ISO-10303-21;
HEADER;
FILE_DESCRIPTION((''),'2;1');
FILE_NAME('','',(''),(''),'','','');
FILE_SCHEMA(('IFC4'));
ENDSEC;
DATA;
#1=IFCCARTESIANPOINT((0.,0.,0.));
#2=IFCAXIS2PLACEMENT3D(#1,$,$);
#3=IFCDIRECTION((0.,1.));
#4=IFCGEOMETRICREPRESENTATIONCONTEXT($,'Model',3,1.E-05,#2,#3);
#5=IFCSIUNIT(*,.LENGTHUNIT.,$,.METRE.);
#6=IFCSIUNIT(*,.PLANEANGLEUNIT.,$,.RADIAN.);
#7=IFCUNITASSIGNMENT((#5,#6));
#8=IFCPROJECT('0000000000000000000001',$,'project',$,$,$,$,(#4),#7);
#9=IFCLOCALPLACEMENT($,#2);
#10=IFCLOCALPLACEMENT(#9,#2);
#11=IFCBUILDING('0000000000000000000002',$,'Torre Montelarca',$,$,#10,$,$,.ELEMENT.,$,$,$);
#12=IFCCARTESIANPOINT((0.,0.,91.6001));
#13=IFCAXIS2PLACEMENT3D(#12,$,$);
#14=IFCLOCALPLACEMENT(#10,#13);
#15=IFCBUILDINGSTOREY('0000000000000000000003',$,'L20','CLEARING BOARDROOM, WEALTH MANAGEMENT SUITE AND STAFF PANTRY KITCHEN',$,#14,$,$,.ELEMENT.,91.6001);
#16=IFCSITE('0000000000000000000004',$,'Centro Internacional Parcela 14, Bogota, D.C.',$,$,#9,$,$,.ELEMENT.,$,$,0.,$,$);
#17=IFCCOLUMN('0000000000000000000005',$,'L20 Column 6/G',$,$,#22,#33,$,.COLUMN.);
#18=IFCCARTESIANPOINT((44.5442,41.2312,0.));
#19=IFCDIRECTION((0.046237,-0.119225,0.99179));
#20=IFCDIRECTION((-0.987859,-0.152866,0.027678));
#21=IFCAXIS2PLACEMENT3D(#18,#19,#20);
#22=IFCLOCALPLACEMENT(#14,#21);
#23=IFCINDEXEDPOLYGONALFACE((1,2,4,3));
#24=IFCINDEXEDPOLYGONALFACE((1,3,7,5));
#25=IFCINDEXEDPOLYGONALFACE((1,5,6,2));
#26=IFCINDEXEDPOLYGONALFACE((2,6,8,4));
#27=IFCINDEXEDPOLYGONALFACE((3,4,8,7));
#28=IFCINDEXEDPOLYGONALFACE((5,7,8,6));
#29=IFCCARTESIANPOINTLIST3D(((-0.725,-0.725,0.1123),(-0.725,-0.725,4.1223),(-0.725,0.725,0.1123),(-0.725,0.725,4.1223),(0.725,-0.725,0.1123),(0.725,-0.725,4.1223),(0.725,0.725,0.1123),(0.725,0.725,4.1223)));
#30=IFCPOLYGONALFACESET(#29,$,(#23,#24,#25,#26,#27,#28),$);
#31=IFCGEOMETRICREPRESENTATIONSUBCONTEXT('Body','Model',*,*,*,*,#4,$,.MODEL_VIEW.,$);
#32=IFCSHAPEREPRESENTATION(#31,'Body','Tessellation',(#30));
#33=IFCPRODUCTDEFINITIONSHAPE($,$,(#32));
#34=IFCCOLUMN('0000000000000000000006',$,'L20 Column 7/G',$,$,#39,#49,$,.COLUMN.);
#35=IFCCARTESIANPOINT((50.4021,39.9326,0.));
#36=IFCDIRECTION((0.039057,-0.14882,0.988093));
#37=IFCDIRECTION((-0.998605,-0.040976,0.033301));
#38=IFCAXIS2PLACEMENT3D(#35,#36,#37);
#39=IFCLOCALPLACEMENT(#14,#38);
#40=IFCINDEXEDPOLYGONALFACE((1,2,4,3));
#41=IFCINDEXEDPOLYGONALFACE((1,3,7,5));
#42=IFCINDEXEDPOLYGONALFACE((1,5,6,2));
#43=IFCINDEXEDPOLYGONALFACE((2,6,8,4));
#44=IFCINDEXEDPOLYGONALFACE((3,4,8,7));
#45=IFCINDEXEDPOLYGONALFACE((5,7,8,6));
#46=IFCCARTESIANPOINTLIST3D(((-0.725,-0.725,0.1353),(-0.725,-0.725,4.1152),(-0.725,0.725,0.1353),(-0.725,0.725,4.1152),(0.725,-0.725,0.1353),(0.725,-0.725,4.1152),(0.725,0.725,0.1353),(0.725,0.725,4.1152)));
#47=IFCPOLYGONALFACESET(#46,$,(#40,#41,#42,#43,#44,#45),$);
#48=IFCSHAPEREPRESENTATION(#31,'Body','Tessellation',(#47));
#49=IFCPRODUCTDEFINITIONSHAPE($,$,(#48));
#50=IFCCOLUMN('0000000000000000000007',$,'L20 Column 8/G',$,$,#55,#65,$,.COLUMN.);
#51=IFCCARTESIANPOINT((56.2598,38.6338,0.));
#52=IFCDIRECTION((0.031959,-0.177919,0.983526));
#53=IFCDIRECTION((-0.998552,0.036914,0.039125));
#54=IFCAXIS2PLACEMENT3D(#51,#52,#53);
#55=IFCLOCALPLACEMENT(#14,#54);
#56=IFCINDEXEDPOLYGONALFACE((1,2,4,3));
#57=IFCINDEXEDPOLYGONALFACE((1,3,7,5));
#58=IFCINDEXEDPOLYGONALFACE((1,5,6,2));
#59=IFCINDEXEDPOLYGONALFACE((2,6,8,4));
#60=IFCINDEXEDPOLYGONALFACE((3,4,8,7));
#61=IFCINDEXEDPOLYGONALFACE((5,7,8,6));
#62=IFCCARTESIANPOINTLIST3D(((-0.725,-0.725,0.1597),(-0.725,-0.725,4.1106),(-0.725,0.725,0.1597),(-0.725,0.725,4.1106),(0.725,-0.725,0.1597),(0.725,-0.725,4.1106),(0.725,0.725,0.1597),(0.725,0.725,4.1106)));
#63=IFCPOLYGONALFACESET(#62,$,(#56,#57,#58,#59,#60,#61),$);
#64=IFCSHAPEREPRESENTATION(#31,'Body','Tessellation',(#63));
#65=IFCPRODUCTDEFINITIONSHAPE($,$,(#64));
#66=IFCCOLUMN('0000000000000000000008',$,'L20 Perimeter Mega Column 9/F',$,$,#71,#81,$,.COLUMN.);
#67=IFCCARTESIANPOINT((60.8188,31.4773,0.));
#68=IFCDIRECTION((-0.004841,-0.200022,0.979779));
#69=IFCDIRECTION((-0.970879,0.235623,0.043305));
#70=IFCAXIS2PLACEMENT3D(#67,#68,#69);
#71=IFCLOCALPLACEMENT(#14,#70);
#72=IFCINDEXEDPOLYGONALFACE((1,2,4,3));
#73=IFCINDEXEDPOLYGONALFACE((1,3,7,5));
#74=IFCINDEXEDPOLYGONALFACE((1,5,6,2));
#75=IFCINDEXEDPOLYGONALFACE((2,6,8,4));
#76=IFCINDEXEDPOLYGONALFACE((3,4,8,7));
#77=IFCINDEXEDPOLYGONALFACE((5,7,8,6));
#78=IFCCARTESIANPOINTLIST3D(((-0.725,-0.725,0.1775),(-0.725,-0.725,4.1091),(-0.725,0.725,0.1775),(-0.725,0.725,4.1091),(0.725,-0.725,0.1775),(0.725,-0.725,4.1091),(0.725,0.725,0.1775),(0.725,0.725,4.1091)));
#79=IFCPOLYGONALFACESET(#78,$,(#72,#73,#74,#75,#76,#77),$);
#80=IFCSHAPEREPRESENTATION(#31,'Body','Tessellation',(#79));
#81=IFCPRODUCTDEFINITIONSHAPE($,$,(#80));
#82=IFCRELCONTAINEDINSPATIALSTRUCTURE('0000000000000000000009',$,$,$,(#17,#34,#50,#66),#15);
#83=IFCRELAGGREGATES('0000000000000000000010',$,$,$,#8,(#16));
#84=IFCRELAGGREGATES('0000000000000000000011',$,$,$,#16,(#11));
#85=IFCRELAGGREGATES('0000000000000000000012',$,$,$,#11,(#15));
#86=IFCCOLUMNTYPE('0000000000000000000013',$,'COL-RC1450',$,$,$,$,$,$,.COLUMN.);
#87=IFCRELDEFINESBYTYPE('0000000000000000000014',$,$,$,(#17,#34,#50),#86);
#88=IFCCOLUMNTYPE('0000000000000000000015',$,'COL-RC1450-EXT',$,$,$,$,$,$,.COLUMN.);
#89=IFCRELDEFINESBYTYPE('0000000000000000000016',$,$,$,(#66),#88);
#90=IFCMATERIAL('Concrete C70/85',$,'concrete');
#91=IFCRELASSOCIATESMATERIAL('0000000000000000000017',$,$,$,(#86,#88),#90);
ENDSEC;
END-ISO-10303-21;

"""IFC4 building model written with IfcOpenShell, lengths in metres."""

from ifc_helpers import new_model, si_unit, direction, frame, origin, origin_2d, place, context, subcontext, project, spatial, rectangle, extrude, clip, halfspace, material, material_profile, profile_set, type_object, element, save


model = new_model("IFC4")

# Units and contexts
model_context = context("Model", 3, precision=1e-05, world=origin(), true_north=direction((0.0, 1.0)))
body_context = subcontext(model_context, "Body", "Model", "MODEL_VIEW")
ifc_project = project(units=[si_unit("LENGTHUNIT", "METRE"), si_unit("PLANEANGLEUNIT", "RADIAN")], contexts=[model_context])

# Site, building, storey
site_placement = place(None, origin())
site = spatial("IfcSite", under=ifc_project, at=site_placement, Name="Centro Internacional Parcela 14, Bogota, D.C.", CompositionType="ELEMENT", RefElevation=0.0)
building_placement = place(site_placement, origin())
building = spatial("IfcBuilding", under=site, at=building_placement, Name="Torre Montelarca", CompositionType="ELEMENT")
storey_placement = place(building_placement, frame((0.0, 0.0, 91.6001)))
storey = spatial("IfcBuildingStorey", under=building, at=storey_placement, Name="L20", Description="CLEARING BOARDROOM, WEALTH MANAGEMENT SUITE AND STAFF PANTRY KITCHEN", CompositionType="ELEMENT", Elevation=91.6001)

# Columns
ifc_material_1 = material(Name="Concrete C70/85", Category="concrete")
ifc_material_profile_1 = material_profile(ifc_material_1, rectangle(XDim=1.45, YDim=1.45, at=origin_2d()), Name="RC1450X1450", Category="concrete")
ifc_profile_set_1 = profile_set([ifc_material_profile_1], Name="Concrete C70/85")
column_type_1 = type_object("IfcColumnType", Name="COL-RC1450", PredefinedType="COLUMN", material=ifc_profile_set_1)
column_1_placement = place(storey_placement, frame((44.5442, 41.2312, 0.0), z_axis=(0.046237, -0.119225, 0.99179), x_axis=(-0.987859, -0.152866, 0.027678)))
element("IfcColumn", 1, at=column_1_placement, inside=storey, type_object=column_type_1, Name="L20 Column 6/G", PredefinedType="COLUMN", context=body_context, shape_type="Clipping", body=[
    clip(clip(extrude(rectangle(XDim=1.45, YDim=1.45, at=origin_2d()), origin(), (0.0, 0.0, 1.0), 4.2346), halfspace(frame((0.0, 0.0, 0.1123), z_axis=(0.0, 0.0, -1.0), x_axis=(1.0, 0.0, 0.0)), False)), halfspace(frame((0.0, 0.0, 4.1223), z_axis=(0.0, 0.0, 1.0), x_axis=(1.0, 0.0, 0.0)), False)),
])
column_2_placement = place(storey_placement, frame((50.4021, 39.9326, 0.0), z_axis=(0.039057, -0.14882, 0.988093), x_axis=(-0.998605, -0.040976, 0.033301)))
element("IfcColumn", 2, at=column_2_placement, inside=storey, type_object=column_type_1, Name="L20 Column 7/G", PredefinedType="COLUMN", context=body_context, shape_type="Clipping", body=[
    clip(clip(extrude(rectangle(XDim=1.45, YDim=1.45, at=origin_2d()), origin(), (0.0, 0.0, 1.0), 4.2505), halfspace(frame((0.0, 0.0, 0.1353), z_axis=(0.0, 0.0, -1.0), x_axis=(1.0, 0.0, 0.0)), False)), halfspace(frame((0.0, 0.0, 4.1152), z_axis=(0.0, 0.0, 1.0), x_axis=(1.0, 0.0, 0.0)), False)),
])
column_3_placement = place(storey_placement, frame((56.2598, 38.6338, 0.0), z_axis=(0.031959, -0.177919, 0.983526), x_axis=(-0.998552, 0.036914, 0.039125)))
element("IfcColumn", 3, at=column_3_placement, inside=storey, type_object=column_type_1, Name="L20 Column 8/G", PredefinedType="COLUMN", context=body_context, shape_type="Clipping", body=[
    clip(clip(extrude(rectangle(XDim=1.45, YDim=1.45, at=origin_2d()), origin(), (0.0, 0.0, 1.0), 4.2703), halfspace(frame((0.0, 0.0, 0.1597), z_axis=(0.0, 0.0, -1.0), x_axis=(1.0, 0.0, 0.0)), False)), halfspace(frame((0.0, 0.0, 4.1106), z_axis=(0.0, 0.0, 1.0), x_axis=(1.0, 0.0, 0.0)), False)),
])
ifc_material_profile_2 = material_profile(ifc_material_1, rectangle(XDim=1.45, YDim=1.45, at=origin_2d()), Name="RC1450X1450", Category="concrete")
ifc_profile_set_2 = profile_set([ifc_material_profile_2], Name="Concrete C70/85")
column_type_2 = type_object("IfcColumnType", Name="COL-RC1450-EXT", PredefinedType="COLUMN", material=ifc_profile_set_2)
column_4_placement = place(storey_placement, frame((60.8188, 31.4773, 0.0), z_axis=(-0.004841, -0.200022, 0.979779), x_axis=(-0.970879, 0.235623, 0.043305)))
element("IfcColumn", 4, at=column_4_placement, inside=storey, type_object=column_type_2, Name="L20 Perimeter Mega Column 9/F", PredefinedType="COLUMN", context=body_context, shape_type="Clipping", body=[
    clip(clip(extrude(rectangle(XDim=1.45, YDim=1.45, at=origin_2d()), origin(), (0.0, 0.0, 1.0), 4.2866), halfspace(frame((0.0, 0.0, 0.1775), z_axis=(0.0, 0.0, -1.0), x_axis=(1.0, 0.0, 0.0)), False)), halfspace(frame((0.0, 0.0, 4.1091), z_axis=(0.0, 0.0, 1.0), x_axis=(1.0, 0.0, 0.0)), False)),
])

save(model, "model.ifc")
